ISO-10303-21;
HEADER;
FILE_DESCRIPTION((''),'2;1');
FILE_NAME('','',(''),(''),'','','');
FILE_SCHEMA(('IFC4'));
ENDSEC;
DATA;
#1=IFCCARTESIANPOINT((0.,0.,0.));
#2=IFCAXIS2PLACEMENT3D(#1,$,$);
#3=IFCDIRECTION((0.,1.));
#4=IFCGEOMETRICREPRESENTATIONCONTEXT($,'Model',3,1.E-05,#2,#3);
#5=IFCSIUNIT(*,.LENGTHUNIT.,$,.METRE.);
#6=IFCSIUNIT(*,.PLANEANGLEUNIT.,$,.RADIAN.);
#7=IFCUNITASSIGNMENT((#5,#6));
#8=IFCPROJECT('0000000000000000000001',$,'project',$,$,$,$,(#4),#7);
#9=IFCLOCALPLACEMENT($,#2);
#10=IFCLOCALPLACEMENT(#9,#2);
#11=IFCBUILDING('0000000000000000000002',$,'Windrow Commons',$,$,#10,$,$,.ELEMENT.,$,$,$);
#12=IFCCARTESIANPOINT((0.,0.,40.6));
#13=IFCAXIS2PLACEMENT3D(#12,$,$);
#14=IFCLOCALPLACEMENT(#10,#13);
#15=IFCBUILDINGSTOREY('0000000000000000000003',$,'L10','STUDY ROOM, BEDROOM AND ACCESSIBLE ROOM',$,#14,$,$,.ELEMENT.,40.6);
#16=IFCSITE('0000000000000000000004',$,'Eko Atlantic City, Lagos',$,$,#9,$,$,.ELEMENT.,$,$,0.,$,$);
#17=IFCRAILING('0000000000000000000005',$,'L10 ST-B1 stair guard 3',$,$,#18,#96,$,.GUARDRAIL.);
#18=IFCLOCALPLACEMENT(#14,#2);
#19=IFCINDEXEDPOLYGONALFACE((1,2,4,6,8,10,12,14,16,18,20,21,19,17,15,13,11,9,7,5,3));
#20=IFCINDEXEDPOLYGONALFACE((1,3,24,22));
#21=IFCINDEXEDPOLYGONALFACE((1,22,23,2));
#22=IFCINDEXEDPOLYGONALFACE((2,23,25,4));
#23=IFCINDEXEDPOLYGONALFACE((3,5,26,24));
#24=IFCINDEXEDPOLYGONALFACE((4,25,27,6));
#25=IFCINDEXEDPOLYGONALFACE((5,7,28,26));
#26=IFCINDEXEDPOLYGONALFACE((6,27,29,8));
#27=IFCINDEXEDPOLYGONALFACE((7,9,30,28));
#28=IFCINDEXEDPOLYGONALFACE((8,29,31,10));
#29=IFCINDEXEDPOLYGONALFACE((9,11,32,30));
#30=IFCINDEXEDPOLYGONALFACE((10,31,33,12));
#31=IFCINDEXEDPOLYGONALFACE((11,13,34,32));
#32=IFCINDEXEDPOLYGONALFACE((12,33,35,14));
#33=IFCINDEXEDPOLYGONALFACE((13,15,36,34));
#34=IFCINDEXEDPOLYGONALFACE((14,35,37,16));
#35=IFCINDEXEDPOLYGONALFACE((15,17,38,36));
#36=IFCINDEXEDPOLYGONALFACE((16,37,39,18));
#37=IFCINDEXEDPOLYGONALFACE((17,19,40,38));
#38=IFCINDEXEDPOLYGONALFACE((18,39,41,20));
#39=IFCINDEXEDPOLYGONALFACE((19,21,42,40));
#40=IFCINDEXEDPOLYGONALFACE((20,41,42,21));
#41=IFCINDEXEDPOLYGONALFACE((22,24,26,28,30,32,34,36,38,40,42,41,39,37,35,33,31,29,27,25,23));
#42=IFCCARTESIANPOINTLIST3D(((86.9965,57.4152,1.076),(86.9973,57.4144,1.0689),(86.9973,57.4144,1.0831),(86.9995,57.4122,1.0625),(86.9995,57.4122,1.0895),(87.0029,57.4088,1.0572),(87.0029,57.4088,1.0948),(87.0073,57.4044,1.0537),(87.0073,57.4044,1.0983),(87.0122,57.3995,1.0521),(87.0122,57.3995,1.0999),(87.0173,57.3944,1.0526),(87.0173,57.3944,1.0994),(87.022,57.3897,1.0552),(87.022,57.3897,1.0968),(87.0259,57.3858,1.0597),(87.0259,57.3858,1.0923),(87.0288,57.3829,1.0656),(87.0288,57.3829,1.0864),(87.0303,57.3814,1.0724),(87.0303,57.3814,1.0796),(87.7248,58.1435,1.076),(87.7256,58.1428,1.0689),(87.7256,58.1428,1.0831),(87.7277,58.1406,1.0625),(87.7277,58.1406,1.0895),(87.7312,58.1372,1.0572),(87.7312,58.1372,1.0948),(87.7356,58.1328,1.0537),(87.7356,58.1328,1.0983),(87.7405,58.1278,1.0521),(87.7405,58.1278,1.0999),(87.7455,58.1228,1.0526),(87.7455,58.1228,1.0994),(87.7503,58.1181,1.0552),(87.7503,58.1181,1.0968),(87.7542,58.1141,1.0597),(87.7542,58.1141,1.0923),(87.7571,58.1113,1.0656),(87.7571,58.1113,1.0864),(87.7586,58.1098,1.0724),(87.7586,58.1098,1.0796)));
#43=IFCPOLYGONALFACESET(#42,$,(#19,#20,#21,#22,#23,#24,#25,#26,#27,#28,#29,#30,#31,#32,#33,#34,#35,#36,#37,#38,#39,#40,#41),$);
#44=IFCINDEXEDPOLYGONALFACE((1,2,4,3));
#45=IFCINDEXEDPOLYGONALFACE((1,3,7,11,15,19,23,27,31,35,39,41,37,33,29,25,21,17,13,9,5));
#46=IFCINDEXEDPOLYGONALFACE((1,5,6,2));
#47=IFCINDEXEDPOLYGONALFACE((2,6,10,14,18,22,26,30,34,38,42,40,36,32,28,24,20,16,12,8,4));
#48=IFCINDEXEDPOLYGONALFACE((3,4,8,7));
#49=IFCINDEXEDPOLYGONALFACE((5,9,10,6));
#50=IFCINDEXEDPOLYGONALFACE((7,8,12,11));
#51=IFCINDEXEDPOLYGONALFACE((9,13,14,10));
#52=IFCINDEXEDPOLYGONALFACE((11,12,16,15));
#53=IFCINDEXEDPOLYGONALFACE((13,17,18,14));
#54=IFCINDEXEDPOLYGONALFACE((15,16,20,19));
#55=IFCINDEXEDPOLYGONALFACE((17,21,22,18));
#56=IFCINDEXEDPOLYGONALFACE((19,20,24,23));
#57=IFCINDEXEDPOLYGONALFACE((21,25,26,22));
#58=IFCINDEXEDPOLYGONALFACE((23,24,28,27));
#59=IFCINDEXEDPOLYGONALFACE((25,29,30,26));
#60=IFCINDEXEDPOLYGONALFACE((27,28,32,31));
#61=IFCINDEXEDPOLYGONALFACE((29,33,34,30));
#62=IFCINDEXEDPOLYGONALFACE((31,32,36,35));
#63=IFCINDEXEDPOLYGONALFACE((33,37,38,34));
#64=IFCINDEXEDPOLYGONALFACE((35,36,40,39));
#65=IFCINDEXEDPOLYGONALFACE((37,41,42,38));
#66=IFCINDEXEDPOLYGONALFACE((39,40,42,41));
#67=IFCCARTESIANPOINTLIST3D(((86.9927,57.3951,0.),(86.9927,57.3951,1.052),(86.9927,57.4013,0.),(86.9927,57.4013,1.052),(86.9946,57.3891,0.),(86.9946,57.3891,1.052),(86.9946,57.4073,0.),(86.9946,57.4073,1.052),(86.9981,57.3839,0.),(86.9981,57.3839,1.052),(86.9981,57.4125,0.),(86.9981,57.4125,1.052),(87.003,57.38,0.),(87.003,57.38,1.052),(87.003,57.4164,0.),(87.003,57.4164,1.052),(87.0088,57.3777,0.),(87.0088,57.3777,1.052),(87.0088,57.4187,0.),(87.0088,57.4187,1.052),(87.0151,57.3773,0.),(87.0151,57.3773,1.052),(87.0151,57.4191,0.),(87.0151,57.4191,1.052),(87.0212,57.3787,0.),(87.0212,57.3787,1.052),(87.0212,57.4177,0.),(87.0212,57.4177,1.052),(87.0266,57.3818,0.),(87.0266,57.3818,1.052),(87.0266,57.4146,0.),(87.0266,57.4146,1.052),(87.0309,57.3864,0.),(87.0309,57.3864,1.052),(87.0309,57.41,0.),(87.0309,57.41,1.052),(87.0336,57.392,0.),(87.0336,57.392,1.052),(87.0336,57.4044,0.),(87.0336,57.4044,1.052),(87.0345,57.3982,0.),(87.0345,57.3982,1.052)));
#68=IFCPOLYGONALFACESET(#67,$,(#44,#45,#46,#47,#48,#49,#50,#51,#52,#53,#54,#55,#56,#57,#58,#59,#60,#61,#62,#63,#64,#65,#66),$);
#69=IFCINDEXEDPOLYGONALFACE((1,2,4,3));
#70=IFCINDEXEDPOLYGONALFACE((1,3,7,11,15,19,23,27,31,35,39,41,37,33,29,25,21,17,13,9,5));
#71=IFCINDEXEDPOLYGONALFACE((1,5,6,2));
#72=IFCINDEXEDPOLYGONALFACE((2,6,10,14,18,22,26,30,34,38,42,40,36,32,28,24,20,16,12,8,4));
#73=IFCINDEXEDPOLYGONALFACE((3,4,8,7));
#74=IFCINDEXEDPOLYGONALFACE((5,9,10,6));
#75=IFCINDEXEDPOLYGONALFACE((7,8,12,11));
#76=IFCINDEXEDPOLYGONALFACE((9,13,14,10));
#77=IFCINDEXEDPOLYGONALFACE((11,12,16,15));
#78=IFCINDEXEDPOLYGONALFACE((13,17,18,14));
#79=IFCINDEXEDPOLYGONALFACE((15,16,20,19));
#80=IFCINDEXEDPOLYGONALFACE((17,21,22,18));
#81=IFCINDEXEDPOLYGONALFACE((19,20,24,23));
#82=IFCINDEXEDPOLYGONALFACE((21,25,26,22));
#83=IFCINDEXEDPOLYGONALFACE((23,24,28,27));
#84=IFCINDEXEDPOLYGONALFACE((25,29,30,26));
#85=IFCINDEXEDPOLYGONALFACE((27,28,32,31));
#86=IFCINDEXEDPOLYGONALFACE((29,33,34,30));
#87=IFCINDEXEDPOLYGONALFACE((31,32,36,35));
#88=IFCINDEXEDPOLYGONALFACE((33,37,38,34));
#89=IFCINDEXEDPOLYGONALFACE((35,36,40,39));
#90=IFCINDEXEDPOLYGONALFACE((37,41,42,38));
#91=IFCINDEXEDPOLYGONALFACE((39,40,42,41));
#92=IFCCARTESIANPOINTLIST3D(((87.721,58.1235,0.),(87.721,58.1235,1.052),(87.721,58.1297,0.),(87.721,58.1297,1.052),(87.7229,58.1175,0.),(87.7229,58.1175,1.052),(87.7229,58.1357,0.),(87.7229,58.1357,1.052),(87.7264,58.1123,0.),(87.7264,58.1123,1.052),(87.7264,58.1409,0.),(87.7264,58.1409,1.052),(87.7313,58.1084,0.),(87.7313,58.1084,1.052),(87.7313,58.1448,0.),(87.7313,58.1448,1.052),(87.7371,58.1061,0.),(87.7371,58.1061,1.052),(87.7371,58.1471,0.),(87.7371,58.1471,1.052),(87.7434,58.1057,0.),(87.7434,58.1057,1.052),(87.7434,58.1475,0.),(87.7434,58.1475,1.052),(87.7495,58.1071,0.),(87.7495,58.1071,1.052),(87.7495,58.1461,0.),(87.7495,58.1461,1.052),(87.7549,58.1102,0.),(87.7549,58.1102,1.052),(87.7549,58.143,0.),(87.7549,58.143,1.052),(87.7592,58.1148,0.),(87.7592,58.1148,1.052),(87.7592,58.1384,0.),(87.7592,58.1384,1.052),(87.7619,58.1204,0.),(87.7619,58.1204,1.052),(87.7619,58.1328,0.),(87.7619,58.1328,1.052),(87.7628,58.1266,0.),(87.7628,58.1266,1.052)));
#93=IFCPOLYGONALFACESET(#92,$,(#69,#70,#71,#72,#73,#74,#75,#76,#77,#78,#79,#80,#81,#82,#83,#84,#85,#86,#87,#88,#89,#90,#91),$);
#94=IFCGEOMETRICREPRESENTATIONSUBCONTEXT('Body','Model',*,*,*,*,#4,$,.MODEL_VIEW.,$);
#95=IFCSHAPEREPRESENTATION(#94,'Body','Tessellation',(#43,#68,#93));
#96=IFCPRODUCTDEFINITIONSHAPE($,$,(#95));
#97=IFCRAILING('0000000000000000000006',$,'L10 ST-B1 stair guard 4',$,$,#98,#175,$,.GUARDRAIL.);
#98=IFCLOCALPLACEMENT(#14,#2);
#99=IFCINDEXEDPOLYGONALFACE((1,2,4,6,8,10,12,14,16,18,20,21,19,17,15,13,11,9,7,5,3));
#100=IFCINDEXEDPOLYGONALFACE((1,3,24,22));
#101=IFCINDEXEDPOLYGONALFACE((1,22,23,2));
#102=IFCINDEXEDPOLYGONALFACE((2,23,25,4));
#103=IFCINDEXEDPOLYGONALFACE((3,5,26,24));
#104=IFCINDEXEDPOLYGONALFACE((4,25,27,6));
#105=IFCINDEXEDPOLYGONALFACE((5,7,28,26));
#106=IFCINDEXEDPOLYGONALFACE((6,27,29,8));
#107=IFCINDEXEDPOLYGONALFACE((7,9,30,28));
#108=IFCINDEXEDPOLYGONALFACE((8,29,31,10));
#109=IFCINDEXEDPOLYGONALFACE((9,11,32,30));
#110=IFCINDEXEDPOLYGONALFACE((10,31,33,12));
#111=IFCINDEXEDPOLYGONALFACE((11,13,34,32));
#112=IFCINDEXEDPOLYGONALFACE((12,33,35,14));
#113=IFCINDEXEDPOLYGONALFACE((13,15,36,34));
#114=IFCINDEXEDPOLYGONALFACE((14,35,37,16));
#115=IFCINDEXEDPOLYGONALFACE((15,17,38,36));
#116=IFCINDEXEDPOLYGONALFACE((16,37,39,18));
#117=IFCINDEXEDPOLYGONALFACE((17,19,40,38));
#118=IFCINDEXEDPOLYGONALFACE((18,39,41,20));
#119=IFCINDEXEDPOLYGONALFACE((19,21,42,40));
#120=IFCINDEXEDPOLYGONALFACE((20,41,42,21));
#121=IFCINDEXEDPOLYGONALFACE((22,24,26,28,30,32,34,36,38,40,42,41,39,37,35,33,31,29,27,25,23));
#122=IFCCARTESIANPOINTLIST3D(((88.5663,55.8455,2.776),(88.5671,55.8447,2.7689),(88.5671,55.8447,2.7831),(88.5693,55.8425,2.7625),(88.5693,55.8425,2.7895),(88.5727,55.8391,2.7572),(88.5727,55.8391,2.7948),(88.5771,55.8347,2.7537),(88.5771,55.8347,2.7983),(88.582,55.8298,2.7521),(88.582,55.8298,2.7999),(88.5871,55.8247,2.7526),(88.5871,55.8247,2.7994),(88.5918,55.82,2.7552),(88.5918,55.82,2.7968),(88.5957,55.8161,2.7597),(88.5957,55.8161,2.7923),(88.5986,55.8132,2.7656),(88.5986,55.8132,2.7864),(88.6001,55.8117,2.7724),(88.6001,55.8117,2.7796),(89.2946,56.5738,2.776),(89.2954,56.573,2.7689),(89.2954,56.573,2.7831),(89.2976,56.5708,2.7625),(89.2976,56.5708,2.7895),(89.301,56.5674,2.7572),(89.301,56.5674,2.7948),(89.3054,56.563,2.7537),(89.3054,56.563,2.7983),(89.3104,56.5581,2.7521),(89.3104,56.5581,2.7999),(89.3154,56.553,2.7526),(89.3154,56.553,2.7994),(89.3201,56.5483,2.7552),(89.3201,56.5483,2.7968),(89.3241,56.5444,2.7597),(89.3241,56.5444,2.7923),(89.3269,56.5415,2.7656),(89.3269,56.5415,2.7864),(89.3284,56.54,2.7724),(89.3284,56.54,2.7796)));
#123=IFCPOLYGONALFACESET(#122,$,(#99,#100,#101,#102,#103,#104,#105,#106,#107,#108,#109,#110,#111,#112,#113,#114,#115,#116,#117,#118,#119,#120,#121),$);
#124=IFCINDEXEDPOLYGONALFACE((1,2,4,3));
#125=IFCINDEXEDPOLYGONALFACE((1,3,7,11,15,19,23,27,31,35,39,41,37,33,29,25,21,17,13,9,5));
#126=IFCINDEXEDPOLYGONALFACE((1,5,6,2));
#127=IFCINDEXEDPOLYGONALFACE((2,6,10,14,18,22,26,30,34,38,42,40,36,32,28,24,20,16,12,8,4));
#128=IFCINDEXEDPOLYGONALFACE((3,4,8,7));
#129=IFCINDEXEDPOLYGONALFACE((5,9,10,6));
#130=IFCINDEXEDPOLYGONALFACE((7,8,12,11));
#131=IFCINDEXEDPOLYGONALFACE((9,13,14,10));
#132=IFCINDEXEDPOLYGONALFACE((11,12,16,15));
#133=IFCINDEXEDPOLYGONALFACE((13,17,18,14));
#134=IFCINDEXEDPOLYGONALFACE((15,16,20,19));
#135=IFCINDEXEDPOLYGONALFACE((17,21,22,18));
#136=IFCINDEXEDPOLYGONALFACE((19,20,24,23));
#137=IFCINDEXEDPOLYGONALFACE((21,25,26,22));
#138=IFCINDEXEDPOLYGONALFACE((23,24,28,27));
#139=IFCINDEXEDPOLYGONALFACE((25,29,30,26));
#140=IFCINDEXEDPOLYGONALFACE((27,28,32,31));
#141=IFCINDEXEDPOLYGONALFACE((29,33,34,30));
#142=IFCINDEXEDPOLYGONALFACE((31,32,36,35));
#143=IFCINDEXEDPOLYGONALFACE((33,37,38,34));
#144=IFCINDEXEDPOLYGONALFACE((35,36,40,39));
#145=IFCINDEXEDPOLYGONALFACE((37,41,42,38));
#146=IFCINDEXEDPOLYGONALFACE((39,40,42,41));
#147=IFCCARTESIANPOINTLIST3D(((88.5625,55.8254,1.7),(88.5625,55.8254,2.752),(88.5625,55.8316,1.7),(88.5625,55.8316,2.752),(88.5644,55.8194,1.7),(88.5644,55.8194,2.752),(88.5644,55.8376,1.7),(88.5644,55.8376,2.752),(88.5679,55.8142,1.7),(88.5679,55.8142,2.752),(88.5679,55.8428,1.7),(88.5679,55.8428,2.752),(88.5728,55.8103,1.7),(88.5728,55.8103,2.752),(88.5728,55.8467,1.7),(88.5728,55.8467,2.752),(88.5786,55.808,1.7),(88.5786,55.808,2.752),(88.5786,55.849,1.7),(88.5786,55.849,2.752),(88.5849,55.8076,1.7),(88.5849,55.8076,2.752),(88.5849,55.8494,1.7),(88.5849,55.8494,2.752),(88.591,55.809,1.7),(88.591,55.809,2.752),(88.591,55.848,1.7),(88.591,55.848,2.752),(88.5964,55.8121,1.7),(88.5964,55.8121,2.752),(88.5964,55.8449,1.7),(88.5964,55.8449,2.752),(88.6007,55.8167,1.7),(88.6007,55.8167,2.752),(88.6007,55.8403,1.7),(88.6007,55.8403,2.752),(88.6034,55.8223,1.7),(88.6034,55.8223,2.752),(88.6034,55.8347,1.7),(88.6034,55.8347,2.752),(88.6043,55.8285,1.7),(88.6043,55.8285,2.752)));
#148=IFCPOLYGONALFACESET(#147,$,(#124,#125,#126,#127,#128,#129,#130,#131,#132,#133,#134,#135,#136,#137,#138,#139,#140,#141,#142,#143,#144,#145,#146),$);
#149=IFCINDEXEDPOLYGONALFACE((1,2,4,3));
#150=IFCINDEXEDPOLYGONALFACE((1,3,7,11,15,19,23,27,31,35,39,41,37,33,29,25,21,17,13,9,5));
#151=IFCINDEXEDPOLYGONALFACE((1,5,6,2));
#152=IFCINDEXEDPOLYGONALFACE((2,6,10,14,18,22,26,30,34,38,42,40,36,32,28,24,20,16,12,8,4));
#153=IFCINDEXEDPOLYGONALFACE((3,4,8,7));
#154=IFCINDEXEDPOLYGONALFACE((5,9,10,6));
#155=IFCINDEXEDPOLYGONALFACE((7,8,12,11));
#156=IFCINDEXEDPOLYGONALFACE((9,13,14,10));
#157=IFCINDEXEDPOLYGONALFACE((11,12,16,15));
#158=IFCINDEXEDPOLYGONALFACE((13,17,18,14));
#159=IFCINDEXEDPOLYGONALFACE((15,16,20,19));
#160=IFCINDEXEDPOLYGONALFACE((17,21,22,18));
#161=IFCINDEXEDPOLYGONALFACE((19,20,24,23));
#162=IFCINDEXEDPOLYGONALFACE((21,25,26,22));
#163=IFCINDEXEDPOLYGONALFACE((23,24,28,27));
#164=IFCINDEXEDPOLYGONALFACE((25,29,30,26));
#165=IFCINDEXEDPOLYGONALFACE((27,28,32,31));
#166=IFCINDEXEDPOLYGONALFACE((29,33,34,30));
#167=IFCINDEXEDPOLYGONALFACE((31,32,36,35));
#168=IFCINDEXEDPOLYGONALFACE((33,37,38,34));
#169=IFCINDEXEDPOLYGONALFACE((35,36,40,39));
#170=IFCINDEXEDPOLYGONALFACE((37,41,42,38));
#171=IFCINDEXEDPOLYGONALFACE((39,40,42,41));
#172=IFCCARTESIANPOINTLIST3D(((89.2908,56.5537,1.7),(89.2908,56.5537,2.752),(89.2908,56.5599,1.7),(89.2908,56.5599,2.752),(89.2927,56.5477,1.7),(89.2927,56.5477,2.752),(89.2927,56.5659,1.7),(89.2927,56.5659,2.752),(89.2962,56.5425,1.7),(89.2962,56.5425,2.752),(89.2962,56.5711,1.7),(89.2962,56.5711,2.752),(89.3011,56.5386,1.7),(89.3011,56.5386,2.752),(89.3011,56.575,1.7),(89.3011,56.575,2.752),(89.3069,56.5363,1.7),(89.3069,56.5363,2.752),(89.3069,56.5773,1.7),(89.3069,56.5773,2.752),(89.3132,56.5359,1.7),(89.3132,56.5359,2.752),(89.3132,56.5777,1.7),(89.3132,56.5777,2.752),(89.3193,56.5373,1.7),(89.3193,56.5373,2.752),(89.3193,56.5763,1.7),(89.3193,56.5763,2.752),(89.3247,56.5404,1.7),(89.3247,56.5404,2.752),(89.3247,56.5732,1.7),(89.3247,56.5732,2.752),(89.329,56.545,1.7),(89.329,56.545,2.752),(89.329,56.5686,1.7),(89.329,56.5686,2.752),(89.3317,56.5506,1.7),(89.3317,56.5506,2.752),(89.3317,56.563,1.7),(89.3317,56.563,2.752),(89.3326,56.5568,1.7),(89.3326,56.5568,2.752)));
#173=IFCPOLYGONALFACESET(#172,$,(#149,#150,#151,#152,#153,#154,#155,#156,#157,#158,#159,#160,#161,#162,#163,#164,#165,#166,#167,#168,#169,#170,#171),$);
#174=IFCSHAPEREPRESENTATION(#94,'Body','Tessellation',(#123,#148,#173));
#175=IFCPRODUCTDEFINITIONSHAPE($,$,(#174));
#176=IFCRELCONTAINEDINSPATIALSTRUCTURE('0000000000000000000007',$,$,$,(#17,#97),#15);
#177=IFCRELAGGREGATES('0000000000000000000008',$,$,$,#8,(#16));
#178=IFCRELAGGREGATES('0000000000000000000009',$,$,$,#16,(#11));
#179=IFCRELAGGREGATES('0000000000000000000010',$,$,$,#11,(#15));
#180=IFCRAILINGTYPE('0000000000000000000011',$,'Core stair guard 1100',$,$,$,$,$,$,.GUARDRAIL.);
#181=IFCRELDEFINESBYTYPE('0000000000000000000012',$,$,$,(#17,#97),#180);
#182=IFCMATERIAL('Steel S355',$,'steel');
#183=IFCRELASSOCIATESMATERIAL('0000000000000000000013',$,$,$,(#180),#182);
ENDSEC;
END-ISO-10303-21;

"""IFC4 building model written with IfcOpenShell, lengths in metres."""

from ifc_helpers import new_model, si_unit, direction, frame, origin, origin_2d, place, context, subcontext, project, spatial, circle, extrude, material, type_object, element, save


model = new_model("IFC4")

# Units and contexts
model_context = context("Model", 3, precision=1e-05, world=origin(), true_north=direction((0.0, 1.0)))
body_context = subcontext(model_context, "Body", "Model", "MODEL_VIEW")
ifc_project = project(units=[si_unit("LENGTHUNIT", "METRE"), si_unit("PLANEANGLEUNIT", "RADIAN")], contexts=[model_context])

# Site, building, storey
site_placement = place(None, origin())
site = spatial("IfcSite", under=ifc_project, at=site_placement, Name="Eko Atlantic City, Lagos", CompositionType="ELEMENT", RefElevation=0.0)
building_placement = place(site_placement, origin())
building = spatial("IfcBuilding", under=site, at=building_placement, Name="Windrow Commons", CompositionType="ELEMENT")
storey_placement = place(building_placement, frame((0.0, 0.0, 40.6)))
storey = spatial("IfcBuildingStorey", under=building, at=storey_placement, Name="L10", Description="STUDY ROOM, BEDROOM AND ACCESSIBLE ROOM", CompositionType="ELEMENT", Elevation=40.6)

# Railings
ifc_material_1 = material(Name="Steel S355", Category="steel")
railing_type_1 = type_object("IfcRailingType", Name="Core stair guard 1100", PredefinedType="GUARDRAIL", material=ifc_material_1)
railing_1_placement = place(storey_placement, frame((87.0135, 57.3982, 0.0)))
element("IfcRailing", 1, at=railing_1_placement, inside=storey, type_object=railing_type_1, Name="L10 ST-B1 stair guard 3", PredefinedType="GUARDRAIL", context=body_context, shape_type="SweptSolid", body=[
    extrude(circle(Radius=0.024, at=origin_2d()), frame((0.0, 0.0, 1.076), z_axis=(0.707058, 0.707155, 0.0), x_axis=(-0.707155, 0.707058, 0.0)), (0.0, 0.0, 1.0), 1.03),
    extrude(circle(Radius=0.021, at=origin_2d()), origin(), (0.0, 0.0, 1.0), 1.052),
    extrude(circle(Radius=0.021, at=origin_2d()), frame((0.7283, 0.7284, 0.0)), (0.0, 0.0, 1.0), 1.052),
])
railing_2_placement = place(storey_placement, frame((88.5833, 55.8285, 1.7)))
element("IfcRailing", 2, at=railing_2_placement, inside=storey, type_object=railing_type_1, Name="L10 ST-B1 stair guard 4", PredefinedType="GUARDRAIL", context=body_context, shape_type="SweptSolid", body=[
    extrude(circle(Radius=0.024, at=origin_2d()), frame((0.0, 0.0, 1.076), z_axis=(0.707107, 0.707107, 0.0), x_axis=(-0.707107, 0.707107, 0.0)), (0.0, 0.0, 1.0), 1.03),
    extrude(circle(Radius=0.021, at=origin_2d()), origin(), (0.0, 0.0, 1.0), 1.052),
    extrude(circle(Radius=0.021, at=origin_2d()), frame((0.7283, 0.7283, 0.0)), (0.0, 0.0, 1.0), 1.052),
])

save(model, "model.ifc")
